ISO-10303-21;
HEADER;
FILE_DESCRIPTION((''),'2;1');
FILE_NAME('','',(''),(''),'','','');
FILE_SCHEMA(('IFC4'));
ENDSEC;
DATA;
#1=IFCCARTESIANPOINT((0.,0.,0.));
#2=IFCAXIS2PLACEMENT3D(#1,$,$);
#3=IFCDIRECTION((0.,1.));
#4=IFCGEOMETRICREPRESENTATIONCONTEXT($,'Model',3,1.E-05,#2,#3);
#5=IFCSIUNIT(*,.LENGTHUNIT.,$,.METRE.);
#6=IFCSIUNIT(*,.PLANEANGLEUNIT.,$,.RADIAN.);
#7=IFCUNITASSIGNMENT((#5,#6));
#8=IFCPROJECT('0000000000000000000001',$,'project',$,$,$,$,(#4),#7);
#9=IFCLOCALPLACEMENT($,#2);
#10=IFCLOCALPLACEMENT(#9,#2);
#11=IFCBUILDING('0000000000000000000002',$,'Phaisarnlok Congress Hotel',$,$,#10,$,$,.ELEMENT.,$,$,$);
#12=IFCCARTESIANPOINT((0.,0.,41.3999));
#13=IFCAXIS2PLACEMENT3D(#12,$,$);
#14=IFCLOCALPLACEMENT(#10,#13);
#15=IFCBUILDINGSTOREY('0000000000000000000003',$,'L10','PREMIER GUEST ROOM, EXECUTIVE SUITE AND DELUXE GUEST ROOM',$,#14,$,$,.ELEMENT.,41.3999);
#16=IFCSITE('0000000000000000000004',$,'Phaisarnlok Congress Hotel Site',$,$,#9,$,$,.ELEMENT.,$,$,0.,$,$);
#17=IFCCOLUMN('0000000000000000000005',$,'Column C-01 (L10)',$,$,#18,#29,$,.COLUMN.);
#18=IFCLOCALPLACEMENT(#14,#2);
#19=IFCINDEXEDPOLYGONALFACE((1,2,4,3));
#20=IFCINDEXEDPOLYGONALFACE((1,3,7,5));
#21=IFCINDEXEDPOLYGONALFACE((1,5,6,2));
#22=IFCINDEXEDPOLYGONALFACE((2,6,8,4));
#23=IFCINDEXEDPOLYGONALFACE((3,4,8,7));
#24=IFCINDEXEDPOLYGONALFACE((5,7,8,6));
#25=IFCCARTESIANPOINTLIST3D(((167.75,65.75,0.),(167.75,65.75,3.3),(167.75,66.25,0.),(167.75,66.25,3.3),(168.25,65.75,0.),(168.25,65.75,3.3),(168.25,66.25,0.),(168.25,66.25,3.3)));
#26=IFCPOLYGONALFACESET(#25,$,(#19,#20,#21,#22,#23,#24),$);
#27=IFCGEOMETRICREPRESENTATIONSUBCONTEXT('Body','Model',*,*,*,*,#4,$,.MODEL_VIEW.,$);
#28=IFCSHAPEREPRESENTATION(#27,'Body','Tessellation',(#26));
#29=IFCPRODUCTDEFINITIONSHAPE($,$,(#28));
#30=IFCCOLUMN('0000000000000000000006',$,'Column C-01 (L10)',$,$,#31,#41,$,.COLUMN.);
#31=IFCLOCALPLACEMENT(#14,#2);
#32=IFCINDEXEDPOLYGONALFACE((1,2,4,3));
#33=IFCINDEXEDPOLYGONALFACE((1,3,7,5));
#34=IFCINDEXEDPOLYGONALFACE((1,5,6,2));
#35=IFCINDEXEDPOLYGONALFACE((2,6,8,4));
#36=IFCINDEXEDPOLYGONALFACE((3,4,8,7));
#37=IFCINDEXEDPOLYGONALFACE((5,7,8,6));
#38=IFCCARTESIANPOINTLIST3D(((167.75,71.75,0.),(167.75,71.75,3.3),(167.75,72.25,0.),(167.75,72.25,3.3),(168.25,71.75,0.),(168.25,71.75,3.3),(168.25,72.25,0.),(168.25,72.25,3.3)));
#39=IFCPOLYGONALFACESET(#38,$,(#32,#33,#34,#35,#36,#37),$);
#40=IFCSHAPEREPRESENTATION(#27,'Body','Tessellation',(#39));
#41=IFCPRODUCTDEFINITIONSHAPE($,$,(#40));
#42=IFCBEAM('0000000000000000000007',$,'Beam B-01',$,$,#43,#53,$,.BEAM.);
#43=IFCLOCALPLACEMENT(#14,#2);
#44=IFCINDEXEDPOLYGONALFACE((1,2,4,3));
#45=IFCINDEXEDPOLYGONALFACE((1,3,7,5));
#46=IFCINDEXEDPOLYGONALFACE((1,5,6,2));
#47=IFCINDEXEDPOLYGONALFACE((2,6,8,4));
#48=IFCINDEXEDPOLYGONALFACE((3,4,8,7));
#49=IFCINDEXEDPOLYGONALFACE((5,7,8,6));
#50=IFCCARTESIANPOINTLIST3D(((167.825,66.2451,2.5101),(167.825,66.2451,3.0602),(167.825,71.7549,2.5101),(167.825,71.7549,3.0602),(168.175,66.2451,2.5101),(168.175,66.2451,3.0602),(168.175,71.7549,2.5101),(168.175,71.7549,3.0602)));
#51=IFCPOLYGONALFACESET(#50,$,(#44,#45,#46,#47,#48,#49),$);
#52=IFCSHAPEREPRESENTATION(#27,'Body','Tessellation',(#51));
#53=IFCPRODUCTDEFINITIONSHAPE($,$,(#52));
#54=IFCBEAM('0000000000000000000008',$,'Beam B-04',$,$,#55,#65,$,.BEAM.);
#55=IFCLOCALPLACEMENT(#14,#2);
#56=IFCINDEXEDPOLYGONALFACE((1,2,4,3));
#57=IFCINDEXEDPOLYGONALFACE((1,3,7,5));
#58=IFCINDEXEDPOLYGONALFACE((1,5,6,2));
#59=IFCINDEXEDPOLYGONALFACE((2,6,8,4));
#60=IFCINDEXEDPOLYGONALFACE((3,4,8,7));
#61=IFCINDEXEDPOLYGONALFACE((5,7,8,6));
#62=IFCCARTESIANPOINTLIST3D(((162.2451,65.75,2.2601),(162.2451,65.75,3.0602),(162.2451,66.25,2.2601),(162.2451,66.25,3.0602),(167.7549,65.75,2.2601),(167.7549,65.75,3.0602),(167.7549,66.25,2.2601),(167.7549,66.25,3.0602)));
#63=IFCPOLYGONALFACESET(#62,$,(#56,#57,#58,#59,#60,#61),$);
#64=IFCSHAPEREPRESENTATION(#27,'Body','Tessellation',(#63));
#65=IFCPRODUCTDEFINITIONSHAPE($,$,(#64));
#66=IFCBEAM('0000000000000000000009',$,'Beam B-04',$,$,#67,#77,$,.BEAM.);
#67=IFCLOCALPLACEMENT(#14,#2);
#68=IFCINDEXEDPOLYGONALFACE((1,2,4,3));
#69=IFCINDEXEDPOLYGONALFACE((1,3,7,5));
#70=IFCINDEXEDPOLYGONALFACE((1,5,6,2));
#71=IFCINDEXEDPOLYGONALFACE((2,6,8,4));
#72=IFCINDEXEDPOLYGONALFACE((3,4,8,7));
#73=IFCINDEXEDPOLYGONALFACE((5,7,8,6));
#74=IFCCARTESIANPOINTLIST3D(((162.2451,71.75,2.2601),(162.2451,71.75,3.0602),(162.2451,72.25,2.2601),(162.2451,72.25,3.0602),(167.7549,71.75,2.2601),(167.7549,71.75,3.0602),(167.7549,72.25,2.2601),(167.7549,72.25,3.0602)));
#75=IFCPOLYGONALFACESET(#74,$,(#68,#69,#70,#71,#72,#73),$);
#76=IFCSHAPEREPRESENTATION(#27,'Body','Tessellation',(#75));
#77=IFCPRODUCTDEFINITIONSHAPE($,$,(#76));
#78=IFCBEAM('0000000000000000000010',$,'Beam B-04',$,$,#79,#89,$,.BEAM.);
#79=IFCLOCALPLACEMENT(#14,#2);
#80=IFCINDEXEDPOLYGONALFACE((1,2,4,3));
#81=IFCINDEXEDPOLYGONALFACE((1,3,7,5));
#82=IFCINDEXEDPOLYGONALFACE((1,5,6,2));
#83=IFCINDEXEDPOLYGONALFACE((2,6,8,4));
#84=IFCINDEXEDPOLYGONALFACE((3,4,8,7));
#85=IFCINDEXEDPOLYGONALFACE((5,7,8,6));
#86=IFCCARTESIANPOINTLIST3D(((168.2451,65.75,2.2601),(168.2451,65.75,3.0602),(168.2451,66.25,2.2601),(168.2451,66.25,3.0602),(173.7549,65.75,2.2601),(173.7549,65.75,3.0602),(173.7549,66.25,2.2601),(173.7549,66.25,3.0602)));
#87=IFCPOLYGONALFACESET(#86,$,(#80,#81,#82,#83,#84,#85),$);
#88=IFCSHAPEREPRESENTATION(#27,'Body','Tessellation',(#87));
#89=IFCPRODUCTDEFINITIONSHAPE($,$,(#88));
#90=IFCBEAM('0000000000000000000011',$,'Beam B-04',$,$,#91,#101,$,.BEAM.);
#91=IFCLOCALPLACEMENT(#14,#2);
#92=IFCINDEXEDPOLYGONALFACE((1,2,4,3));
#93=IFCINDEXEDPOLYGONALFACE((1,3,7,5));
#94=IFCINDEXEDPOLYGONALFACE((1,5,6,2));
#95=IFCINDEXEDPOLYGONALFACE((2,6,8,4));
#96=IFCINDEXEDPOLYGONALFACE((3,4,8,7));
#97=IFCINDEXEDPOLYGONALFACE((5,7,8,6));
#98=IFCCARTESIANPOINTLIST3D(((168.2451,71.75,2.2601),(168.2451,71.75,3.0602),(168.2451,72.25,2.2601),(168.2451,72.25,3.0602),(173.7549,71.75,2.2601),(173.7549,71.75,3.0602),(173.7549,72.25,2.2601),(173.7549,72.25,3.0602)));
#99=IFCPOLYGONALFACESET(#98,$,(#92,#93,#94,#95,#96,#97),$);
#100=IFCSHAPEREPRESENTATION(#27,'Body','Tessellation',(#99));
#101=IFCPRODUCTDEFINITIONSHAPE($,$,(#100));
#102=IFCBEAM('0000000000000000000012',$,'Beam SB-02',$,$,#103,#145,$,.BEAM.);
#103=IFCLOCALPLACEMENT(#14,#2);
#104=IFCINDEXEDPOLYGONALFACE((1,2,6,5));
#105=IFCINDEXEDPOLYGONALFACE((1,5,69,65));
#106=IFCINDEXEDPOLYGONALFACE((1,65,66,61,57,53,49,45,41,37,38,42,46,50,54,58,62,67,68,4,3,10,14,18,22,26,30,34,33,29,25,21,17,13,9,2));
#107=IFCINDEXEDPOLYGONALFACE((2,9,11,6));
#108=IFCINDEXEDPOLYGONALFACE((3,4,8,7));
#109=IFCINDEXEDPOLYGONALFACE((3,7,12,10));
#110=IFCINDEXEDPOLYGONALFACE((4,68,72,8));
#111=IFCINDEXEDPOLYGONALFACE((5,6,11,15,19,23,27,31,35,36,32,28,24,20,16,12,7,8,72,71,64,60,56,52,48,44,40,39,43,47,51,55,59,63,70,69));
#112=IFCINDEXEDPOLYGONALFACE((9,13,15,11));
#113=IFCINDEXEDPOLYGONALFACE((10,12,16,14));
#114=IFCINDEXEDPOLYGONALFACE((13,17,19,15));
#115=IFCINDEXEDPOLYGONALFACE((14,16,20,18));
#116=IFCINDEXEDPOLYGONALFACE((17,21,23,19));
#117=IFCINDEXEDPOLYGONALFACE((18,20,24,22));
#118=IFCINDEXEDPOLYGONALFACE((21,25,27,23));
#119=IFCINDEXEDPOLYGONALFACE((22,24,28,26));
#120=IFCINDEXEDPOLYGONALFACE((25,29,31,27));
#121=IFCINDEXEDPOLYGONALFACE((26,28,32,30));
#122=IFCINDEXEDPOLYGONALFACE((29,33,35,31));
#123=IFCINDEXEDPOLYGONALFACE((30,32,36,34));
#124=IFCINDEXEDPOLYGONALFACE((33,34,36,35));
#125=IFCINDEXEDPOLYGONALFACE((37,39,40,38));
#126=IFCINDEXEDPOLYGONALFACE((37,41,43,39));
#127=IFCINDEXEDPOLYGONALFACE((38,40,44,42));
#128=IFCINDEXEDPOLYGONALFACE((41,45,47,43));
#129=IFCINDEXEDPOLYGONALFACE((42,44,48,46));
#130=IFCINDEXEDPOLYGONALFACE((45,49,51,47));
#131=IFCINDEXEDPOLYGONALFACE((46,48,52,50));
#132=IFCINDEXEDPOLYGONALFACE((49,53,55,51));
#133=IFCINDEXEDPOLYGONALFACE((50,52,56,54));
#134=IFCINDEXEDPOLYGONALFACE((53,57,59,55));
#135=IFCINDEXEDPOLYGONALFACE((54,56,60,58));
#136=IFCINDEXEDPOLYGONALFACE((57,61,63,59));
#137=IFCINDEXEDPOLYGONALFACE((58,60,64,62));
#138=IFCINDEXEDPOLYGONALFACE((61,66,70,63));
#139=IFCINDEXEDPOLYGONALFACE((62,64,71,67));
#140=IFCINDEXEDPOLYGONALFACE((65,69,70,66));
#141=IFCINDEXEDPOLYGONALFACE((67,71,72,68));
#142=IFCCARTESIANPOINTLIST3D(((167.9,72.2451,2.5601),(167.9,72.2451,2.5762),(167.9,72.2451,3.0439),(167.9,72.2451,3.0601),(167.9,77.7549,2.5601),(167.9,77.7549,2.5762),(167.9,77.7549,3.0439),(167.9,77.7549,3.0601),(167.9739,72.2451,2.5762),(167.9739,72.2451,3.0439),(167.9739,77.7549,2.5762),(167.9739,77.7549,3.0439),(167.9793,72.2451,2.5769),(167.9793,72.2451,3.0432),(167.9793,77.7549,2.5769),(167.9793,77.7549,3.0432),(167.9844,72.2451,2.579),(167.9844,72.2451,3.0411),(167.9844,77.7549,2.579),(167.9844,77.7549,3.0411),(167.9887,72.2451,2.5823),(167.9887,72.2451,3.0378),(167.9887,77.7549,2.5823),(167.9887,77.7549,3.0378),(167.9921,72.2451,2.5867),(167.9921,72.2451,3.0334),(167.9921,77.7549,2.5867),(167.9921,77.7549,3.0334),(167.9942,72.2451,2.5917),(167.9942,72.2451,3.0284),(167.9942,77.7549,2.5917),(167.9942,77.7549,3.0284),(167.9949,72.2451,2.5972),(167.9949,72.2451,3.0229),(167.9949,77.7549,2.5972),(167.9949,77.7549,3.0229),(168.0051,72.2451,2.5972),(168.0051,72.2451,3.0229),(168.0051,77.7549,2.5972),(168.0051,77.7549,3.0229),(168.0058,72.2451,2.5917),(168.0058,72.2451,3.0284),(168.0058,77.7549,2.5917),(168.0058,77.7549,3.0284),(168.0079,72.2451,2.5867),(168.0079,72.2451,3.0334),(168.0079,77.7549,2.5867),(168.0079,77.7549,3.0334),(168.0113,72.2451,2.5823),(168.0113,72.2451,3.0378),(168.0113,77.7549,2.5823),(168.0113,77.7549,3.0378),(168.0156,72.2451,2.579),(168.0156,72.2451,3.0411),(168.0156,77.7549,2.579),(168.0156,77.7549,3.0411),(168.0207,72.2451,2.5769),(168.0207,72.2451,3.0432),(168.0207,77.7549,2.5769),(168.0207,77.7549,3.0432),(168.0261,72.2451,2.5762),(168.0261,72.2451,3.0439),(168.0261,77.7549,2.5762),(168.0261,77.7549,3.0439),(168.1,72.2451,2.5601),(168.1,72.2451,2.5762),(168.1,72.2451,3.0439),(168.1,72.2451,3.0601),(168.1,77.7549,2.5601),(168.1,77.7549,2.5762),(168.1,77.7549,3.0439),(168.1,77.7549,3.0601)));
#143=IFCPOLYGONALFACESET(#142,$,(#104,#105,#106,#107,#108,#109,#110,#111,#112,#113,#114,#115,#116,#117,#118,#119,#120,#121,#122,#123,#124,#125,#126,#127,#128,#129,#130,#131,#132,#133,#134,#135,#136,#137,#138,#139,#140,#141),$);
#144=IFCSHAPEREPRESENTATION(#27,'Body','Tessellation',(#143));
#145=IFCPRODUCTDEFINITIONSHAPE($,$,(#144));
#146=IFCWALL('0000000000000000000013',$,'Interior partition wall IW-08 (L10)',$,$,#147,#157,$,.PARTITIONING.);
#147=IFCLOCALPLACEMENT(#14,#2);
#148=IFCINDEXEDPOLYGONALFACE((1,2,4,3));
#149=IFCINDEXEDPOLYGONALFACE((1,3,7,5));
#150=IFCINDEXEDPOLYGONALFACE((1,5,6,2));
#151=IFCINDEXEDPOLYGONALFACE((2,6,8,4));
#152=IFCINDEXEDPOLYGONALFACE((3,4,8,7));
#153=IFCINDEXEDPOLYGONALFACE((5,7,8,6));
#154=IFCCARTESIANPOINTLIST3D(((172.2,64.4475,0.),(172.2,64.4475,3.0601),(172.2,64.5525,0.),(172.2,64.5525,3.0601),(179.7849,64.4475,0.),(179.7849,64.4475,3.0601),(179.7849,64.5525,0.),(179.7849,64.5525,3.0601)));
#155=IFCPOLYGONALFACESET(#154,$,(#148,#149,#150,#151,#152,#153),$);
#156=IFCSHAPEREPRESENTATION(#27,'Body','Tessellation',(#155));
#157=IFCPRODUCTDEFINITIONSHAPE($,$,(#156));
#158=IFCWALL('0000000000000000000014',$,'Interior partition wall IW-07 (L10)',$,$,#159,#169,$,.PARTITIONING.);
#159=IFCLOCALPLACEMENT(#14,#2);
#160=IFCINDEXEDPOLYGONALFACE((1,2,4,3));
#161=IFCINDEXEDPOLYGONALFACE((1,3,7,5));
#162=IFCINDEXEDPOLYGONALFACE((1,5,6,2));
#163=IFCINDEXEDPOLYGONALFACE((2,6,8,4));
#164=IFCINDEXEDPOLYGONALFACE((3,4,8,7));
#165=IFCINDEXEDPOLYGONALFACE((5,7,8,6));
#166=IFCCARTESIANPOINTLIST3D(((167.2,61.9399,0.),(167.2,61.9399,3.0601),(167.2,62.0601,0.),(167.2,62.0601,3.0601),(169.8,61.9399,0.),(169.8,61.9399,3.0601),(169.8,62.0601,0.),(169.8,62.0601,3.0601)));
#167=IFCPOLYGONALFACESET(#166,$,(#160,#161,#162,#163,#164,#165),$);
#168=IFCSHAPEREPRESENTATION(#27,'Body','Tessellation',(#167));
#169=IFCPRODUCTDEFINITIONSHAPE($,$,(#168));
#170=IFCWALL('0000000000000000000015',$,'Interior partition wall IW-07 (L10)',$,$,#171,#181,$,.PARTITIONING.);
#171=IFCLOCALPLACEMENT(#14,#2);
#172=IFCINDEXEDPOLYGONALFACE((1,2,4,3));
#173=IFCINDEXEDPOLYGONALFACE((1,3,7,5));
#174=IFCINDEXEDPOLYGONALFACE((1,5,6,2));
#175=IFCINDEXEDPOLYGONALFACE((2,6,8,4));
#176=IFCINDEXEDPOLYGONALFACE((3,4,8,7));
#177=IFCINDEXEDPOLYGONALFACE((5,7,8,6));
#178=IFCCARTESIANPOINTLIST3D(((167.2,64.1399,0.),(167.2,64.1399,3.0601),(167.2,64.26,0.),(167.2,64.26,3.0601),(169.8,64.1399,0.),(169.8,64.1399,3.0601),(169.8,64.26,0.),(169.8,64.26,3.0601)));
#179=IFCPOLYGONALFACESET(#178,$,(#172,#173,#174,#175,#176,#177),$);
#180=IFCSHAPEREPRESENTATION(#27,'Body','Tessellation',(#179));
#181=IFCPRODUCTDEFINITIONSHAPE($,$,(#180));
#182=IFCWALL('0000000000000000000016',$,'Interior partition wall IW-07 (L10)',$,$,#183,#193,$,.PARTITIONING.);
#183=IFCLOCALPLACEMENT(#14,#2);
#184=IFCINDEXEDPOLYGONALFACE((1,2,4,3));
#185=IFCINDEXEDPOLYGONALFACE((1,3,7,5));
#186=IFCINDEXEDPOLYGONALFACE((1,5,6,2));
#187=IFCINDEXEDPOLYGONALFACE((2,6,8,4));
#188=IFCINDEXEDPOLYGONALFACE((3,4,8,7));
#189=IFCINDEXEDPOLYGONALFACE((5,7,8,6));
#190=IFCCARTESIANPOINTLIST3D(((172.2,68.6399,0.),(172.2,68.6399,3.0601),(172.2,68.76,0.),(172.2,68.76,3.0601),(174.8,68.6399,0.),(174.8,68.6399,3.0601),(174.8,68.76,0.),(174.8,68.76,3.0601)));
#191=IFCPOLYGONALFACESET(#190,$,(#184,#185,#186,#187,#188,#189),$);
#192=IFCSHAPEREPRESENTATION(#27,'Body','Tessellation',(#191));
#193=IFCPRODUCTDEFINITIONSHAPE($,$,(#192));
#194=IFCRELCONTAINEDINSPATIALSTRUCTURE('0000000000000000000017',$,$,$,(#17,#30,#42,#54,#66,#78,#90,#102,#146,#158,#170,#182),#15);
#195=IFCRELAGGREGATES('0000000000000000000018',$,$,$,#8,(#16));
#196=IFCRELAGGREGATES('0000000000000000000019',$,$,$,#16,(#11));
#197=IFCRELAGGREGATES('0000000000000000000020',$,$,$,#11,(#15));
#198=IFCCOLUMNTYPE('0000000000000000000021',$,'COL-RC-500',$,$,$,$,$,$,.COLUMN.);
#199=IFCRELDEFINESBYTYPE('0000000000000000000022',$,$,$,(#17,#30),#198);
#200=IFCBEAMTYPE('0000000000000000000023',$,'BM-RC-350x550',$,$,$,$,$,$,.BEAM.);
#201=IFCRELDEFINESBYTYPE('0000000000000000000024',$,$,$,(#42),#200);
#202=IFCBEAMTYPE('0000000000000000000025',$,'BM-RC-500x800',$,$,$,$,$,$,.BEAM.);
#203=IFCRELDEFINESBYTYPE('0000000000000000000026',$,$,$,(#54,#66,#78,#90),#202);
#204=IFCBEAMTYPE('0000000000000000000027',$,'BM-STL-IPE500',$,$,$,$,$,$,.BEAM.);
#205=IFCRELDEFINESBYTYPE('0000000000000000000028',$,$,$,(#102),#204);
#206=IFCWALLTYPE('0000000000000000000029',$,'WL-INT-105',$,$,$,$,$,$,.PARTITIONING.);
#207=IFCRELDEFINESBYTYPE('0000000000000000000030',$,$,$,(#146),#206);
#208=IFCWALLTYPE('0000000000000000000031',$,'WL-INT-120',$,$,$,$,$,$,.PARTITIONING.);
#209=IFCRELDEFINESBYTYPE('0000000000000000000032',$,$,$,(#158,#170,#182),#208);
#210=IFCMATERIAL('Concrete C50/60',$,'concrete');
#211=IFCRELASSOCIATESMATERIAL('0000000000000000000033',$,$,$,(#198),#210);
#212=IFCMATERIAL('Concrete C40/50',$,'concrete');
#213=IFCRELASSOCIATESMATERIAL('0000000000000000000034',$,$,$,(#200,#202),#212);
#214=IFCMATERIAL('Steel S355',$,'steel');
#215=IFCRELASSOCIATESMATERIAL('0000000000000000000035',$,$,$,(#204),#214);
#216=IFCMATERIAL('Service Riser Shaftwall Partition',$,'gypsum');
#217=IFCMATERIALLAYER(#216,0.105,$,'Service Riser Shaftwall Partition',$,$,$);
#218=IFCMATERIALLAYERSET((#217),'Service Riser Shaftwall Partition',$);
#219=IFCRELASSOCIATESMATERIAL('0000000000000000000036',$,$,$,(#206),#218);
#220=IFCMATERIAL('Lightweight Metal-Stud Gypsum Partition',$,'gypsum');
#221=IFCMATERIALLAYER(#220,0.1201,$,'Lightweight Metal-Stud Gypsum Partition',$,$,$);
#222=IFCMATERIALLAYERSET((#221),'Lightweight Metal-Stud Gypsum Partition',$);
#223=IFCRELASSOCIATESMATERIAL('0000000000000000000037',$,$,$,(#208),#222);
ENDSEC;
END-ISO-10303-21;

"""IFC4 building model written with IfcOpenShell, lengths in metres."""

from ifc_helpers import new_model, si_unit, direction, frame, frame_2d, origin, origin_2d, place, context, subcontext, project, spatial, rectangle, i_section, extrude, material, layer, layer_set, material_profile, profile_set, type_object, element, save


model = new_model("IFC4")

# Units and contexts
model_context = context("Model", 3, precision=1e-05, world=origin(), true_north=direction((0.0, 1.0)))
body_context = subcontext(model_context, "Body", "Model", "MODEL_VIEW")
ifc_project = project(units=[si_unit("LENGTHUNIT", "METRE"), si_unit("PLANEANGLEUNIT", "RADIAN")], contexts=[model_context])

# Site, building, storey
site_placement = place(None, origin())
site = spatial("IfcSite", under=ifc_project, at=site_placement, Name="Phaisarnlok Congress Hotel Site", CompositionType="ELEMENT", RefElevation=0.0)
building_placement = place(site_placement, origin())
building = spatial("IfcBuilding", under=site, at=building_placement, Name="Phaisarnlok Congress Hotel", CompositionType="ELEMENT")
storey_placement = place(building_placement, frame((0.0, 0.0, 41.3999)))
storey = spatial("IfcBuildingStorey", under=building, at=storey_placement, Name="L10", Description="PREMIER GUEST ROOM, EXECUTIVE SUITE AND DELUXE GUEST ROOM", CompositionType="ELEMENT", Elevation=41.3999)

# Columns
ifc_material_1 = material(Name="Concrete C50/60", Category="concrete")
ifc_material_profile_1 = material_profile(ifc_material_1, rectangle(XDim=0.5, YDim=0.5, at=origin_2d()), Name="RC 500x500")
ifc_profile_set_1 = profile_set([ifc_material_profile_1], Name="Concrete C50/60")
column_type = type_object("IfcColumnType", Name="COL-RC-500", PredefinedType="COLUMN", material=ifc_profile_set_1)
for number, where, z_axis, x_axis, name in (
    (1, (168.0, 66.0, 0.0), (0.0, 0.0, 1.0), (1.0, 0.0, 0.0), "Column C-01 (L10)"),
    (2, (168.0, 72.0, 0.0), (0.0, 0.0, 1.0), (1.0, 0.0, 0.0), "Column C-01 (L10)"),
):
    element("IfcColumn", number, at=place(storey_placement, frame(where, z_axis=z_axis, x_axis=x_axis)), inside=storey, type_object=column_type, Name=name, PredefinedType="COLUMN", context=body_context, shape_type="SweptSolid", body=[
        extrude(rectangle(XDim=0.5, YDim=0.5, at=origin_2d()), origin(), (0.0, 0.0, 1.0), 3.3),
    ])

# Beams
ifc_material_2 = material(Name="Concrete C40/50", Category="concrete")
ifc_material_profile_2 = material_profile(ifc_material_2, rectangle(XDim=0.3501, YDim=0.55, at=origin_2d()), Name="RC 350x550")
ifc_profile_set_2 = profile_set([ifc_material_profile_2], Name="Concrete C40/50")
beam_type_1 = type_object("IfcBeamType", Name="BM-RC-350x550", PredefinedType="BEAM", material=ifc_profile_set_2)
beam_1_placement = place(storey_placement, frame((168.0, 66.2451, 2.7852), z_axis=(0.0, 1.0, 0.0), x_axis=(-1.0, 0.0, 0.0)))
element("IfcBeam", 3, at=beam_1_placement, inside=storey, type_object=beam_type_1, Name="Beam B-01", PredefinedType="BEAM", context=body_context, shape_type="SweptSolid", body=[
    extrude(rectangle(XDim=0.3501, YDim=0.55, at=origin_2d()), origin(), (0.0, 0.0, 1.0), 5.5098),
])
ifc_material_profile_3 = material_profile(ifc_material_2, rectangle(XDim=0.5, YDim=0.8, at=origin_2d()), Name="RC 500x800")
ifc_profile_set_3 = profile_set([ifc_material_profile_3], Name="Concrete C40/50")
beam_type_2 = type_object("IfcBeamType", Name="BM-RC-500x800", PredefinedType="BEAM", material=ifc_profile_set_3)
for number, where, z_axis, x_axis, name in (
    (4, (162.2451, 66.0, 2.6602), (1.0, 0.0, 0.0), (0.0, 1.0, 0.0), "Beam B-04"),
    (5, (162.2451, 72.0, 2.6602), (1.0, 0.0, 0.0), (0.0, 1.0, 0.0), "Beam B-04"),
    (6, (168.2451, 66.0, 2.6602), (1.0, 0.0, 0.0), (0.0, 1.0, 0.0), "Beam B-04"),
    (7, (168.2451, 72.0, 2.6602), (1.0, 0.0, 0.0), (0.0, 1.0, 0.0), "Beam B-04"),
):
    element("IfcBeam", number, at=place(storey_placement, frame(where, z_axis=z_axis, x_axis=x_axis)), inside=storey, type_object=beam_type_2, Name=name, PredefinedType="BEAM", context=body_context, shape_type="SweptSolid", body=[
        extrude(rectangle(XDim=0.5, YDim=0.8, at=origin_2d()), origin(), (0.0, 0.0, 1.0), 5.5098),
    ])
ifc_material_3 = material(Name="Steel S355", Category="steel")
ifc_material_profile_4 = material_profile(ifc_material_3, i_section(OverallWidth=0.2, OverallDepth=0.5, WebThickness=0.0103, FlangeThickness=0.0161, FilletRadius=0.021, at=origin_2d()), Name="IPE 500")
ifc_profile_set_4 = profile_set([ifc_material_profile_4], Name="Steel S355")
beam_type_3 = type_object("IfcBeamType", Name="BM-STL-IPE500", PredefinedType="BEAM", material=ifc_profile_set_4)
beam_2_placement = place(storey_placement, frame((168.0, 72.2451, 2.8101), z_axis=(0.0, 1.0, 0.0), x_axis=(-1.0, 0.0, 0.0)))
element("IfcBeam", 8, at=beam_2_placement, inside=storey, type_object=beam_type_3, Name="Beam SB-02", PredefinedType="BEAM", context=body_context, shape_type="SweptSolid", body=[
    extrude(i_section(OverallWidth=0.2, OverallDepth=0.5, WebThickness=0.0103, FlangeThickness=0.0161, FilletRadius=0.021, at=origin_2d()), origin(), (0.0, 0.0, 1.0), 5.5098),
])

# Walls
ifc_material_4 = material(Name="Service Riser Shaftwall Partition", Category="gypsum")
ifc_layer_1 = layer(ifc_material_4, 0.105, Name="Service Riser Shaftwall Partition")
ifc_layer_set_1 = layer_set([ifc_layer_1], Name="Service Riser Shaftwall Partition")
wall_type_1 = type_object("IfcWallType", Name="WL-INT-105", PredefinedType="PARTITIONING", material=ifc_layer_set_1)
wall_1_placement = place(storey_placement, frame((172.2, 64.5, 0.0), z_axis=(0.0, 0.0, 1.0), x_axis=(1.0, 0.0, 0.0)))
element("IfcWall", 9, at=wall_1_placement, inside=storey, type_object=wall_type_1, Name="Interior partition wall IW-08 (L10)", PredefinedType="PARTITIONING", context=body_context, shape_type="SweptSolid", body=[
    extrude(rectangle(XDim=7.585, YDim=0.105, at=frame_2d((3.7925, 0.0))), origin(), (0.0, 0.0, 1.0), 3.0601),
])
ifc_material_5 = material(Name="Lightweight Metal-Stud Gypsum Partition", Category="gypsum")
ifc_layer_2 = layer(ifc_material_5, 0.1201, Name="Lightweight Metal-Stud Gypsum Partition")
ifc_layer_set_2 = layer_set([ifc_layer_2], Name="Lightweight Metal-Stud Gypsum Partition")
wall_type_2 = type_object("IfcWallType", Name="WL-INT-120", PredefinedType="PARTITIONING", material=ifc_layer_set_2)
for number, where, z_axis, x_axis, name in (
    (10, (167.2, 62.0, 0.0), (0.0, 0.0, 1.0), (1.0, 0.0, 0.0), "Interior partition wall IW-07 (L10)"),
    (11, (167.2, 64.2, 0.0), (0.0, 0.0, 1.0), (1.0, 0.0, 0.0), "Interior partition wall IW-07 (L10)"),
    (12, (172.2, 68.7, 0.0), (0.0, 0.0, 1.0), (1.0, 0.0, 0.0), "Interior partition wall IW-07 (L10)"),
):
    element("IfcWall", number, at=place(storey_placement, frame(where, z_axis=z_axis, x_axis=x_axis)), inside=storey, type_object=wall_type_2, Name=name, PredefinedType="PARTITIONING", context=body_context, shape_type="SweptSolid", body=[
        extrude(rectangle(XDim=2.6001, YDim=0.1201, at=frame_2d((1.3, 0.0))), origin(), (0.0, 0.0, 1.0), 3.0601),
    ])

save(model, "model.ifc")
